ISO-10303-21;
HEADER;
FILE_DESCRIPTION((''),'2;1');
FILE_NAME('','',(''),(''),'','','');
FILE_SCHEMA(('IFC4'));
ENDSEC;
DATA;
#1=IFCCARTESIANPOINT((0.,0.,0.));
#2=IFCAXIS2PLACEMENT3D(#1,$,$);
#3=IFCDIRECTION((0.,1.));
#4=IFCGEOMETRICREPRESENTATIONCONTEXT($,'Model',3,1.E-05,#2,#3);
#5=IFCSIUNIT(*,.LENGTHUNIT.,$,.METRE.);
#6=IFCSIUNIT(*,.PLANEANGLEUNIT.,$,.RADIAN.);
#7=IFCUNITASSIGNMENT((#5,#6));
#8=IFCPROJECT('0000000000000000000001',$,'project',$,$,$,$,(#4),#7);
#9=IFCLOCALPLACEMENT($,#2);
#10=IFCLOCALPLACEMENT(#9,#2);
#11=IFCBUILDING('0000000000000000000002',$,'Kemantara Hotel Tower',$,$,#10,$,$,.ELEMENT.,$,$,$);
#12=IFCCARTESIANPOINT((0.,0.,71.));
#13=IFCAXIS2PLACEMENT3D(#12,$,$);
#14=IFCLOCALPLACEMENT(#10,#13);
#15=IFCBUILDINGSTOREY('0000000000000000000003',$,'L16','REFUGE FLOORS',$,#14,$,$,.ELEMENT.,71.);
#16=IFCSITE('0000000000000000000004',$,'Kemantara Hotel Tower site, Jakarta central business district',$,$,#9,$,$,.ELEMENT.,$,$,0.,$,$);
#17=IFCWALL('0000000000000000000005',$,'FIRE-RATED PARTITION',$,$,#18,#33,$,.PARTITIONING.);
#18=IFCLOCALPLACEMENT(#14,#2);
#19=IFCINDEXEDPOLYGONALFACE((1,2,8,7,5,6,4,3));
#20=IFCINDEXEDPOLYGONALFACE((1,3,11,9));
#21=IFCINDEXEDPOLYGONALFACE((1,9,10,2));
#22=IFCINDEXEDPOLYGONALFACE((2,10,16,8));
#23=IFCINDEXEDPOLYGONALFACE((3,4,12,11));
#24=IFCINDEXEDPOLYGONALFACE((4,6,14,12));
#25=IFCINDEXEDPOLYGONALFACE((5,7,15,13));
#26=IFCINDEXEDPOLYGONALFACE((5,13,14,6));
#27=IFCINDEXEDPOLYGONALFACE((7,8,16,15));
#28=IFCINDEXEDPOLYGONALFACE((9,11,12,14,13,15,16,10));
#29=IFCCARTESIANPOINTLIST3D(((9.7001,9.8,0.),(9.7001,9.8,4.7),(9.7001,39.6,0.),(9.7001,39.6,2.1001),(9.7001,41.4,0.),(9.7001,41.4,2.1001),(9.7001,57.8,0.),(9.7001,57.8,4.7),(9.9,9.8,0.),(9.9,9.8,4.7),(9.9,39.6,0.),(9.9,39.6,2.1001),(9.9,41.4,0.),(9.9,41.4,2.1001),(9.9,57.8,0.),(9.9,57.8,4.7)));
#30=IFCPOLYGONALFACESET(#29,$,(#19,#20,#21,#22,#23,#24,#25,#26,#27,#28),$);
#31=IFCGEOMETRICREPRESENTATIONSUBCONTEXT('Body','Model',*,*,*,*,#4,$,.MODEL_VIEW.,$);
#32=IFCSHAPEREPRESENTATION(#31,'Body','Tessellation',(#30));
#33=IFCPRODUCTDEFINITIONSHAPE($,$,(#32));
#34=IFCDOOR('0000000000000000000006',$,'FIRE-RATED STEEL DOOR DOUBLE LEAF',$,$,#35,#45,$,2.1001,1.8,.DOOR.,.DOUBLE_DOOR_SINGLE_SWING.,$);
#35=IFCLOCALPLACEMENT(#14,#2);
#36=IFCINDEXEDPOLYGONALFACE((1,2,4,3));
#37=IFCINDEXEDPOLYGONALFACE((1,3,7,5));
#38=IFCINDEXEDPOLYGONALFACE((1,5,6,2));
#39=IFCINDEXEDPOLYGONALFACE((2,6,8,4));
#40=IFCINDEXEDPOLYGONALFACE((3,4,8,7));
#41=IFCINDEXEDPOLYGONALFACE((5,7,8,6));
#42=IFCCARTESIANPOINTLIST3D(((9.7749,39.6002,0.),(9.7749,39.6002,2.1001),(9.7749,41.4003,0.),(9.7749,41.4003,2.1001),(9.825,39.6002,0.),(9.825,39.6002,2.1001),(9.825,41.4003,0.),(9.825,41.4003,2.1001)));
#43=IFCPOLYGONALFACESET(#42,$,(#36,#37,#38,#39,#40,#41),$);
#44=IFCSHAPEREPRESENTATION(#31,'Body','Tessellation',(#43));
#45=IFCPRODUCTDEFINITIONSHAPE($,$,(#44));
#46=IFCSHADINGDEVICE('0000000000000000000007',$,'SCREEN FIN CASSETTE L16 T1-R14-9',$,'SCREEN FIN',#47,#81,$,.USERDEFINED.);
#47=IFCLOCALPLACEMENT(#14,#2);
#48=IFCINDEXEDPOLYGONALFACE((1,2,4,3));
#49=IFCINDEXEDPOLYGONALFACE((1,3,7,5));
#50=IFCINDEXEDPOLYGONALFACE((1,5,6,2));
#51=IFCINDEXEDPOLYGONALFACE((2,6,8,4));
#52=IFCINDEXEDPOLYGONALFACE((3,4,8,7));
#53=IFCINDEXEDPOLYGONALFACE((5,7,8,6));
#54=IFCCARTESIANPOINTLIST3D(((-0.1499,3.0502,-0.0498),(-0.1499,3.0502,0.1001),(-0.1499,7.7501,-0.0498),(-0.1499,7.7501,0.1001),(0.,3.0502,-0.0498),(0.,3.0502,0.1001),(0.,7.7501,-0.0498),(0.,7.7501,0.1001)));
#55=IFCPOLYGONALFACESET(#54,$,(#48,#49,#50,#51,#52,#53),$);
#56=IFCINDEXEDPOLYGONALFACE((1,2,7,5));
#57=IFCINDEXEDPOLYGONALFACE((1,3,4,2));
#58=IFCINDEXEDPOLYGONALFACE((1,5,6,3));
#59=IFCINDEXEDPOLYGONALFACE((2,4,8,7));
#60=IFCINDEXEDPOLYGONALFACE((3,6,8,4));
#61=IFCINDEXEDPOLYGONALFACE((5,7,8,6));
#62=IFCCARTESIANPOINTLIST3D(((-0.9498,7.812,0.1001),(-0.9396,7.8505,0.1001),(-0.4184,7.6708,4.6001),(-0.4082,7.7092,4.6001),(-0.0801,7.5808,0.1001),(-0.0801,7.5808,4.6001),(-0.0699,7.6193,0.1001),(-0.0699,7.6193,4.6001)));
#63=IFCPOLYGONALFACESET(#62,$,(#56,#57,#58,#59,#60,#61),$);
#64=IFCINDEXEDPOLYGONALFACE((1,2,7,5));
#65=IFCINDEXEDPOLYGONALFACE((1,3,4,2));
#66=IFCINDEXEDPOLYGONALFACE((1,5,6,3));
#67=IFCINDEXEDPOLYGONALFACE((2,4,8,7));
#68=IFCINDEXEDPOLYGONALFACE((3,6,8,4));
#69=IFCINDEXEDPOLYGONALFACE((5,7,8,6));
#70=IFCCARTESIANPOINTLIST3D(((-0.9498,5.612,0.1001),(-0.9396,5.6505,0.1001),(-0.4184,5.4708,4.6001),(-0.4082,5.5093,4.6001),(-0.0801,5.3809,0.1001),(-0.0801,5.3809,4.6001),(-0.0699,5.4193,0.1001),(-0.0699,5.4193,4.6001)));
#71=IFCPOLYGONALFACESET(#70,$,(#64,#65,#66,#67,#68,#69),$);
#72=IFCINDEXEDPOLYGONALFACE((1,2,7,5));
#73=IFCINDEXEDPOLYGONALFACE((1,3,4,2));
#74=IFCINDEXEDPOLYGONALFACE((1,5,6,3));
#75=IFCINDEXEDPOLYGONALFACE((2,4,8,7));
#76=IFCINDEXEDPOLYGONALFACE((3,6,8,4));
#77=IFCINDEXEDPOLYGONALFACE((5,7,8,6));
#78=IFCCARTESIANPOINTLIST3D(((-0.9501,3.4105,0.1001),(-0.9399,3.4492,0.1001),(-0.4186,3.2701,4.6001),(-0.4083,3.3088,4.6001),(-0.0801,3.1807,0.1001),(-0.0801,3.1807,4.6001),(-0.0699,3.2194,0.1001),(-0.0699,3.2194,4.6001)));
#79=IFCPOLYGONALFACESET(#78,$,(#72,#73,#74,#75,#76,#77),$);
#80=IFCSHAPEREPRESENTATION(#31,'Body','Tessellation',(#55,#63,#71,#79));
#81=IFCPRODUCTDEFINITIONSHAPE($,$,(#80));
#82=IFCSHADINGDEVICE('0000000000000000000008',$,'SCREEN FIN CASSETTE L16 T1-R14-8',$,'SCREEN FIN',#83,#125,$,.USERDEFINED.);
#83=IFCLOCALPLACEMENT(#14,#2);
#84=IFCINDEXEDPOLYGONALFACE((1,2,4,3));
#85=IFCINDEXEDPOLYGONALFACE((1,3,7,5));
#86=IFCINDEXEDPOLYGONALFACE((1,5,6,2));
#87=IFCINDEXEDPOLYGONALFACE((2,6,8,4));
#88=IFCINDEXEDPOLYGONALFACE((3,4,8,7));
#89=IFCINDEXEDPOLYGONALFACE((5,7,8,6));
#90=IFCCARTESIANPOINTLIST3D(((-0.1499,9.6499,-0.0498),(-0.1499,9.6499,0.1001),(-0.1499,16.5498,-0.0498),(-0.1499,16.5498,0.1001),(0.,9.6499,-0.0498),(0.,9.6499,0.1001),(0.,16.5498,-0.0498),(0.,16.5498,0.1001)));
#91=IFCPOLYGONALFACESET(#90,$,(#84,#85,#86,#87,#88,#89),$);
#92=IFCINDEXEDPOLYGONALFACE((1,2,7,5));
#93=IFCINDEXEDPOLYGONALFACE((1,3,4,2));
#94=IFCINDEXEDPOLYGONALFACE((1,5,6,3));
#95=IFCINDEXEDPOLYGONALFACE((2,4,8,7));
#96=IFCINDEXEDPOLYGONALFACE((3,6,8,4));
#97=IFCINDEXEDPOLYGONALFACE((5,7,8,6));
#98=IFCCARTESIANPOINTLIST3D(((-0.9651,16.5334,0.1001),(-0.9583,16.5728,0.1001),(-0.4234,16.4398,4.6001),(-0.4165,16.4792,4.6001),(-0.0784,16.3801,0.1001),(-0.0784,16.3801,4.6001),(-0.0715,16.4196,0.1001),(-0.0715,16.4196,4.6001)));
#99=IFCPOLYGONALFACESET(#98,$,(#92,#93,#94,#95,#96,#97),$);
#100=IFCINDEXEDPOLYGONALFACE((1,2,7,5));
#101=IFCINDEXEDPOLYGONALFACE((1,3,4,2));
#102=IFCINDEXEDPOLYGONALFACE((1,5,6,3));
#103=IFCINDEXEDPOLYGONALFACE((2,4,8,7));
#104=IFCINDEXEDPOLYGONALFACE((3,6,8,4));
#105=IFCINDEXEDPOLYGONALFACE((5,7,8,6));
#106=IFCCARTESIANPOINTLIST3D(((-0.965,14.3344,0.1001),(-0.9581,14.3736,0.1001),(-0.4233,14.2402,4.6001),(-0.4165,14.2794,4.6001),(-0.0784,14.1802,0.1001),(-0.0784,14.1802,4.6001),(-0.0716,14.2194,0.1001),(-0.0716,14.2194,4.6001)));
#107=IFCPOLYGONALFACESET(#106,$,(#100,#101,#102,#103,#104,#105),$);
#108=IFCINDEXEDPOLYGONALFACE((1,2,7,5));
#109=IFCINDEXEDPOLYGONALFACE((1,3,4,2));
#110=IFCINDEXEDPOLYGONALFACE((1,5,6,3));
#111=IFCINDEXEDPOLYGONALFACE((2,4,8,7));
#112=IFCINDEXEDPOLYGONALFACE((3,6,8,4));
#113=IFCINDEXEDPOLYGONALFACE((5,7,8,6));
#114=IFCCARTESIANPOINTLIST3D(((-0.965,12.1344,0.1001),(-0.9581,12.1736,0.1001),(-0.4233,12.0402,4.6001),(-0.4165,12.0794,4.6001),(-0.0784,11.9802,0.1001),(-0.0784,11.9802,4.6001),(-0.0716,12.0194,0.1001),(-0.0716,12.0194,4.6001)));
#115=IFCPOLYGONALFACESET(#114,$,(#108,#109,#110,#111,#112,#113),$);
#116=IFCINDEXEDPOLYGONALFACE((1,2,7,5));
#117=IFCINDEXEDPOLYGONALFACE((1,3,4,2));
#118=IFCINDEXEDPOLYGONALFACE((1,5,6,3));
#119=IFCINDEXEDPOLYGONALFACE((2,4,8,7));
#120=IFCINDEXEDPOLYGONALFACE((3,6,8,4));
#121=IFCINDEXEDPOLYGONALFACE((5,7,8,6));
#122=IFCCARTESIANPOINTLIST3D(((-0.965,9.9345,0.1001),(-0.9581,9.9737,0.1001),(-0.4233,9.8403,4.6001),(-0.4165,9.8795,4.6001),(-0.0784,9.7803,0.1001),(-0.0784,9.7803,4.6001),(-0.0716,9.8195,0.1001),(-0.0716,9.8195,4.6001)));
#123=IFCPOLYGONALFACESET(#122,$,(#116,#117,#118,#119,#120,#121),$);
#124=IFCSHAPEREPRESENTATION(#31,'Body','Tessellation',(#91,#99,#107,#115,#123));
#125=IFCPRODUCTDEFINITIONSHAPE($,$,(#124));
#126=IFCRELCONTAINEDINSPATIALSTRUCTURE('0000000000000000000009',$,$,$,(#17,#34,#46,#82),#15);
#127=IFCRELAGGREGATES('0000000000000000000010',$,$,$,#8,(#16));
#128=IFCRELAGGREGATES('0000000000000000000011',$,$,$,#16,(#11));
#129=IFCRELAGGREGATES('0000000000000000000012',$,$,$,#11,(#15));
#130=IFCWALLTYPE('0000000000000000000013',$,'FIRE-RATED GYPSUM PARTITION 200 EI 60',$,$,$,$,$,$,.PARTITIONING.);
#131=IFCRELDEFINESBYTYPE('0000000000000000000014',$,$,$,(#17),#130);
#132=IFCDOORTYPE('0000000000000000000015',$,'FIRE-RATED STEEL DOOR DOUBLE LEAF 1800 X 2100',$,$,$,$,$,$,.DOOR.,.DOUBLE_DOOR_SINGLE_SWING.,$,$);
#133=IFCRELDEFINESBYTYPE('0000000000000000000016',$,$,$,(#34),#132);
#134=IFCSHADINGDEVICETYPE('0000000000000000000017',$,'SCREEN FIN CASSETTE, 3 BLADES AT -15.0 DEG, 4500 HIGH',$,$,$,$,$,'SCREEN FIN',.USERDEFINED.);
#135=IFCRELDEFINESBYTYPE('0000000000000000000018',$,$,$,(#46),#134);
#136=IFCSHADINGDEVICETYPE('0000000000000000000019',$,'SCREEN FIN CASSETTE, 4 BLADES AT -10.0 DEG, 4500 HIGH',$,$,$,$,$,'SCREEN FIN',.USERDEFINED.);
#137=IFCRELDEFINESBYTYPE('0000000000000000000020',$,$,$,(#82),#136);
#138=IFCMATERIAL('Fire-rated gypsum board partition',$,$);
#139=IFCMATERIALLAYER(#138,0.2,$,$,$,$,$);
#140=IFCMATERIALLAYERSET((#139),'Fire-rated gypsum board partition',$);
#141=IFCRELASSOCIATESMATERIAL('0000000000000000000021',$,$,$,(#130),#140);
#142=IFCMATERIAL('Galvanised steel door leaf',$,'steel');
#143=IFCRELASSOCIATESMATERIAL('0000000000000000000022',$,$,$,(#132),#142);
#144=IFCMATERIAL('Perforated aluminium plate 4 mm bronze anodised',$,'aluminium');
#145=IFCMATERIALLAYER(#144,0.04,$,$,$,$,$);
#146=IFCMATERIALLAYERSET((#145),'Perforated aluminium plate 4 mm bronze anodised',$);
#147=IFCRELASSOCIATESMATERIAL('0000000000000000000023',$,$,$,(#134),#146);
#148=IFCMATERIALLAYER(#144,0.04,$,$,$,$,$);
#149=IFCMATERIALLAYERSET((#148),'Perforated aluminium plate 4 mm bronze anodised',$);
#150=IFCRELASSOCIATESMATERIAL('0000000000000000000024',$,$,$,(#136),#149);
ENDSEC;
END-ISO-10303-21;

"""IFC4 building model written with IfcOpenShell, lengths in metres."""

from ifc_helpers import new_model, si_unit, direction, frame, frame_2d, origin, origin_2d, place, context, subcontext, project, spatial, polyline, rectangle, outline, extrude, source, transform, mapped, material, layer, layer_set, type_object, element, fill, save


model = new_model("IFC4")

# Units and contexts
model_context = context("Model", 3, precision=1e-05, world=origin(), true_north=direction((0.0, 1.0)))
body_context = subcontext(model_context, "Body", "Model", "MODEL_VIEW")
ifc_project = project(units=[si_unit("LENGTHUNIT", "METRE"), si_unit("PLANEANGLEUNIT", "RADIAN")], contexts=[model_context])

# Site, building, storey
site_placement = place(None, origin())
site = spatial("IfcSite", under=ifc_project, at=site_placement, Name="Kemantara Hotel Tower site, Jakarta central business district", CompositionType="ELEMENT", RefElevation=0.0)
building_placement = place(site_placement, origin())
building = spatial("IfcBuilding", under=site, at=building_placement, Name="Kemantara Hotel Tower", CompositionType="ELEMENT")
storey_placement = place(building_placement, frame((0.0, 0.0, 71.0)))
storey = spatial("IfcBuildingStorey", under=building, at=storey_placement, Name="L16", Description="REFUGE FLOORS", CompositionType="ELEMENT", Elevation=71.0)

# Shared definitions
ifc_material_1 = material(Name="Fire-rated gypsum board partition")
ifc_layer_1 = layer(ifc_material_1, 0.2)
ifc_layer_set_1 = layer_set([ifc_layer_1], Name="Fire-rated gypsum board partition")
wall_type_1 = type_object("IfcWallType", Name="FIRE-RATED GYPSUM PARTITION 200 EI 60", PredefinedType="PARTITIONING", material=ifc_layer_set_1)
ifc_material_2 = material(Name="Galvanised steel door leaf", Category="steel")
door_type_1 = type_object("IfcDoorType", Name="FIRE-RATED STEEL DOOR DOUBLE LEAF 1800 X 2100", OperationType="DOUBLE_DOOR_SINGLE_SWING", PredefinedType="DOOR", material=ifc_material_2)

# Wall, opening, door
wall_1_placement = place(storey_placement, frame((9.8, 9.8, 0.0), z_axis=(0.0, 0.0, 1.0), x_axis=(0.0, 1.0, 0.0)))
wall_1 = element("IfcWall", 1, at=wall_1_placement, inside=storey, type_object=wall_type_1, Name="FIRE-RATED PARTITION", PredefinedType="PARTITIONING", context=body_context, shape_type="SweptSolid", body=[
    extrude(rectangle(XDim=48.0, YDim=0.2, at=frame_2d((24.0, 0.0))), origin(), (0.0, 0.0, 1.0), 4.7),
])
opening_1_placement = place(wall_1_placement, frame((29.8, 0.0, 0.0)))
opening_1 = element("IfcOpeningElement", 2, at=opening_1_placement, cuts=wall_1, PredefinedType="OPENING", context=body_context, shape_type="SweptSolid", body=[
    extrude(rectangle(XDim=1.8, YDim=2.1001, at=frame_2d((0.8999, 1.05))), frame((0.0, 0.1099, 0.0), z_axis=(0.0, -1.0, 0.0), x_axis=(1.0, 0.0, 0.0)), (0.0, 0.0, 1.0), 0.22),
])
door_1_placement = place(opening_1_placement, frame((1.8, 0.0, 0.0), z_axis=(0.0, 0.0, 1.0), x_axis=(-1.0, 0.0, 0.0)))
door_1 = element("IfcDoor", 3, at=door_1_placement, inside=storey, type_object=door_type_1, Name="FIRE-RATED STEEL DOOR DOUBLE LEAF", OperationType="DOUBLE_DOOR_SINGLE_SWING", OverallHeight=2.1001, OverallWidth=1.8, PredefinedType="DOOR", context=body_context, shape_type="SweptSolid", body=[
    extrude(rectangle(XDim=1.8, YDim=2.1001, at=frame_2d((0.8999, 1.05))), frame((0.0, 0.0249, 0.0), z_axis=(0.0, -1.0, 0.0), x_axis=(1.0, 0.0, 0.0)), (0.0, 0.0, 1.0), 0.05),
])
fill(opening_1, door_1)

# Shading devices
ifc_material_3 = material(Name="Perforated aluminium plate 4 mm bronze anodised", Category="aluminium")
ifc_layer_2 = layer(ifc_material_3, 0.04)
ifc_layer_set_2 = layer_set([ifc_layer_2], Name="Perforated aluminium plate 4 mm bronze anodised")
shading_device_type_1 = type_object("IfcShadingDeviceType", Name="SCREEN FIN CASSETTE, 3 BLADES AT -15.0 DEG, 4500 HIGH", ElementType="SCREEN FIN", PredefinedType="USERDEFINED", material=ifc_layer_set_2)
shared_shape_1 = source(origin(), body_context, "Body", "SweptSolid", [
    extrude(rectangle(XDim=4.7, YDim=0.1499, at=origin_2d()), frame((2.2, -0.075, -0.1499), z_axis=(0.0, 0.0, 1.0), x_axis=(1.0, 0.0, 0.0)), (0.0, 0.0, 1.0), 0.1499),
    extrude(outline(polyline([(0.0, 0.0), (0.8999, 0.0), (0.3501, 4.5), (0.0, 4.5), (0.0, 0.0)])), frame((0.0193, -0.0801, 0.0), z_axis=(-0.966438, 0.256901, 0.0), x_axis=(-0.256901, -0.966438, 0.0)), (0.0, 0.0, 1.0), 0.0398),
    extrude(outline(polyline([(0.0, 0.0), (0.8999, 0.0), (0.3501, 4.5), (0.0, 4.5), (0.0, 0.0)])), frame((2.2192, -0.0801, 0.0), z_axis=(-0.966438, 0.256901, 0.0), x_axis=(-0.256901, -0.966438, 0.0)), (0.0, 0.0, 1.0), 0.0398),
    extrude(outline(polyline([(0.0, 0.0), (0.8999, 0.0), (0.3501, 4.5), (0.0, 4.5), (0.0, 0.0)])), frame((4.4194, -0.0801, 0.0), z_axis=(-0.966838, 0.255391, 0.0), x_axis=(-0.255391, -0.966838, 0.0)), (0.0, 0.0, 1.0), 0.04),
])
shading_device_1_placement = place(storey_placement, frame((0.0, 7.6001, 0.1001), z_axis=(0.0, 0.0, 1.0), x_axis=(0.0, -1.0, 0.0)))
element("IfcShadingDevice", 4, at=shading_device_1_placement, inside=storey, type_object=shading_device_type_1, Name="SCREEN FIN CASSETTE L16 T1-R14-9", ObjectType="SCREEN FIN", PredefinedType="USERDEFINED", context=body_context, shape_type="MappedRepresentation", body=[
    mapped(shared_shape_1, transform((0.0, 0.0, 0.0))),
])
ifc_layer_3 = layer(ifc_material_3, 0.04)
ifc_layer_set_3 = layer_set([ifc_layer_3], Name="Perforated aluminium plate 4 mm bronze anodised")
shading_device_type_2 = type_object("IfcShadingDeviceType", Name="SCREEN FIN CASSETTE, 4 BLADES AT -10.0 DEG, 4500 HIGH", ElementType="SCREEN FIN", PredefinedType="USERDEFINED", material=ifc_layer_set_3)
shared_shape_2 = source(origin(), body_context, "Body", "SweptSolid", [
    extrude(rectangle(XDim=6.8999, YDim=0.1499, at=origin_2d()), frame((3.3, -0.075, -0.1499), z_axis=(0.0, 0.0, 1.0), x_axis=(1.0, 0.0, 0.0)), (0.0, 0.0, 1.0), 0.1499),
    extrude(outline(polyline([(0.0, 0.0), (0.8999, 0.0), (0.3501, 4.5), (0.0, 4.5), (0.0, 0.0)])), frame((0.0198, -0.0784, 0.0), z_axis=(-0.98539, 0.170314, 0.0), x_axis=(-0.170314, -0.98539, 0.0)), (0.0, 0.0, 1.0), 0.04),
    extrude(outline(polyline([(0.0, 0.0), (0.8999, 0.0), (0.3501, 4.5), (0.0, 4.5), (0.0, 0.0)])), frame((2.2197, -0.0784, 0.0), z_axis=(-0.985212, 0.171341, 0.0), x_axis=(-0.171341, -0.985212, 0.0)), (0.0, 0.0, 1.0), 0.0398),
    extrude(outline(polyline([(0.0, 0.0), (0.8999, 0.0), (0.3501, 4.5), (0.0, 4.5), (0.0, 0.0)])), frame((4.4197, -0.0784, 0.0), z_axis=(-0.985212, 0.171341, 0.0), x_axis=(-0.171341, -0.985212, 0.0)), (0.0, 0.0, 1.0), 0.0398),
    extrude(outline(polyline([(0.0, 0.0), (0.8999, 0.0), (0.3501, 4.5), (0.0, 4.5), (0.0, 0.0)])), frame((6.6196, -0.0784, 0.0), z_axis=(-0.985212, 0.171341, 0.0), x_axis=(-0.171341, -0.985212, 0.0)), (0.0, 0.0, 1.0), 0.0398),
])
shading_device_2_placement = place(storey_placement, frame((0.0, 16.3999, 0.1001), z_axis=(0.0, 0.0, 1.0), x_axis=(0.0, -1.0, 0.0)))
element("IfcShadingDevice", 5, at=shading_device_2_placement, inside=storey, type_object=shading_device_type_2, Name="SCREEN FIN CASSETTE L16 T1-R14-8", ObjectType="SCREEN FIN", PredefinedType="USERDEFINED", context=body_context, shape_type="MappedRepresentation", body=[
    mapped(shared_shape_2, transform((0.0, 0.0, 0.0))),
])

save(model, "model.ifc")
